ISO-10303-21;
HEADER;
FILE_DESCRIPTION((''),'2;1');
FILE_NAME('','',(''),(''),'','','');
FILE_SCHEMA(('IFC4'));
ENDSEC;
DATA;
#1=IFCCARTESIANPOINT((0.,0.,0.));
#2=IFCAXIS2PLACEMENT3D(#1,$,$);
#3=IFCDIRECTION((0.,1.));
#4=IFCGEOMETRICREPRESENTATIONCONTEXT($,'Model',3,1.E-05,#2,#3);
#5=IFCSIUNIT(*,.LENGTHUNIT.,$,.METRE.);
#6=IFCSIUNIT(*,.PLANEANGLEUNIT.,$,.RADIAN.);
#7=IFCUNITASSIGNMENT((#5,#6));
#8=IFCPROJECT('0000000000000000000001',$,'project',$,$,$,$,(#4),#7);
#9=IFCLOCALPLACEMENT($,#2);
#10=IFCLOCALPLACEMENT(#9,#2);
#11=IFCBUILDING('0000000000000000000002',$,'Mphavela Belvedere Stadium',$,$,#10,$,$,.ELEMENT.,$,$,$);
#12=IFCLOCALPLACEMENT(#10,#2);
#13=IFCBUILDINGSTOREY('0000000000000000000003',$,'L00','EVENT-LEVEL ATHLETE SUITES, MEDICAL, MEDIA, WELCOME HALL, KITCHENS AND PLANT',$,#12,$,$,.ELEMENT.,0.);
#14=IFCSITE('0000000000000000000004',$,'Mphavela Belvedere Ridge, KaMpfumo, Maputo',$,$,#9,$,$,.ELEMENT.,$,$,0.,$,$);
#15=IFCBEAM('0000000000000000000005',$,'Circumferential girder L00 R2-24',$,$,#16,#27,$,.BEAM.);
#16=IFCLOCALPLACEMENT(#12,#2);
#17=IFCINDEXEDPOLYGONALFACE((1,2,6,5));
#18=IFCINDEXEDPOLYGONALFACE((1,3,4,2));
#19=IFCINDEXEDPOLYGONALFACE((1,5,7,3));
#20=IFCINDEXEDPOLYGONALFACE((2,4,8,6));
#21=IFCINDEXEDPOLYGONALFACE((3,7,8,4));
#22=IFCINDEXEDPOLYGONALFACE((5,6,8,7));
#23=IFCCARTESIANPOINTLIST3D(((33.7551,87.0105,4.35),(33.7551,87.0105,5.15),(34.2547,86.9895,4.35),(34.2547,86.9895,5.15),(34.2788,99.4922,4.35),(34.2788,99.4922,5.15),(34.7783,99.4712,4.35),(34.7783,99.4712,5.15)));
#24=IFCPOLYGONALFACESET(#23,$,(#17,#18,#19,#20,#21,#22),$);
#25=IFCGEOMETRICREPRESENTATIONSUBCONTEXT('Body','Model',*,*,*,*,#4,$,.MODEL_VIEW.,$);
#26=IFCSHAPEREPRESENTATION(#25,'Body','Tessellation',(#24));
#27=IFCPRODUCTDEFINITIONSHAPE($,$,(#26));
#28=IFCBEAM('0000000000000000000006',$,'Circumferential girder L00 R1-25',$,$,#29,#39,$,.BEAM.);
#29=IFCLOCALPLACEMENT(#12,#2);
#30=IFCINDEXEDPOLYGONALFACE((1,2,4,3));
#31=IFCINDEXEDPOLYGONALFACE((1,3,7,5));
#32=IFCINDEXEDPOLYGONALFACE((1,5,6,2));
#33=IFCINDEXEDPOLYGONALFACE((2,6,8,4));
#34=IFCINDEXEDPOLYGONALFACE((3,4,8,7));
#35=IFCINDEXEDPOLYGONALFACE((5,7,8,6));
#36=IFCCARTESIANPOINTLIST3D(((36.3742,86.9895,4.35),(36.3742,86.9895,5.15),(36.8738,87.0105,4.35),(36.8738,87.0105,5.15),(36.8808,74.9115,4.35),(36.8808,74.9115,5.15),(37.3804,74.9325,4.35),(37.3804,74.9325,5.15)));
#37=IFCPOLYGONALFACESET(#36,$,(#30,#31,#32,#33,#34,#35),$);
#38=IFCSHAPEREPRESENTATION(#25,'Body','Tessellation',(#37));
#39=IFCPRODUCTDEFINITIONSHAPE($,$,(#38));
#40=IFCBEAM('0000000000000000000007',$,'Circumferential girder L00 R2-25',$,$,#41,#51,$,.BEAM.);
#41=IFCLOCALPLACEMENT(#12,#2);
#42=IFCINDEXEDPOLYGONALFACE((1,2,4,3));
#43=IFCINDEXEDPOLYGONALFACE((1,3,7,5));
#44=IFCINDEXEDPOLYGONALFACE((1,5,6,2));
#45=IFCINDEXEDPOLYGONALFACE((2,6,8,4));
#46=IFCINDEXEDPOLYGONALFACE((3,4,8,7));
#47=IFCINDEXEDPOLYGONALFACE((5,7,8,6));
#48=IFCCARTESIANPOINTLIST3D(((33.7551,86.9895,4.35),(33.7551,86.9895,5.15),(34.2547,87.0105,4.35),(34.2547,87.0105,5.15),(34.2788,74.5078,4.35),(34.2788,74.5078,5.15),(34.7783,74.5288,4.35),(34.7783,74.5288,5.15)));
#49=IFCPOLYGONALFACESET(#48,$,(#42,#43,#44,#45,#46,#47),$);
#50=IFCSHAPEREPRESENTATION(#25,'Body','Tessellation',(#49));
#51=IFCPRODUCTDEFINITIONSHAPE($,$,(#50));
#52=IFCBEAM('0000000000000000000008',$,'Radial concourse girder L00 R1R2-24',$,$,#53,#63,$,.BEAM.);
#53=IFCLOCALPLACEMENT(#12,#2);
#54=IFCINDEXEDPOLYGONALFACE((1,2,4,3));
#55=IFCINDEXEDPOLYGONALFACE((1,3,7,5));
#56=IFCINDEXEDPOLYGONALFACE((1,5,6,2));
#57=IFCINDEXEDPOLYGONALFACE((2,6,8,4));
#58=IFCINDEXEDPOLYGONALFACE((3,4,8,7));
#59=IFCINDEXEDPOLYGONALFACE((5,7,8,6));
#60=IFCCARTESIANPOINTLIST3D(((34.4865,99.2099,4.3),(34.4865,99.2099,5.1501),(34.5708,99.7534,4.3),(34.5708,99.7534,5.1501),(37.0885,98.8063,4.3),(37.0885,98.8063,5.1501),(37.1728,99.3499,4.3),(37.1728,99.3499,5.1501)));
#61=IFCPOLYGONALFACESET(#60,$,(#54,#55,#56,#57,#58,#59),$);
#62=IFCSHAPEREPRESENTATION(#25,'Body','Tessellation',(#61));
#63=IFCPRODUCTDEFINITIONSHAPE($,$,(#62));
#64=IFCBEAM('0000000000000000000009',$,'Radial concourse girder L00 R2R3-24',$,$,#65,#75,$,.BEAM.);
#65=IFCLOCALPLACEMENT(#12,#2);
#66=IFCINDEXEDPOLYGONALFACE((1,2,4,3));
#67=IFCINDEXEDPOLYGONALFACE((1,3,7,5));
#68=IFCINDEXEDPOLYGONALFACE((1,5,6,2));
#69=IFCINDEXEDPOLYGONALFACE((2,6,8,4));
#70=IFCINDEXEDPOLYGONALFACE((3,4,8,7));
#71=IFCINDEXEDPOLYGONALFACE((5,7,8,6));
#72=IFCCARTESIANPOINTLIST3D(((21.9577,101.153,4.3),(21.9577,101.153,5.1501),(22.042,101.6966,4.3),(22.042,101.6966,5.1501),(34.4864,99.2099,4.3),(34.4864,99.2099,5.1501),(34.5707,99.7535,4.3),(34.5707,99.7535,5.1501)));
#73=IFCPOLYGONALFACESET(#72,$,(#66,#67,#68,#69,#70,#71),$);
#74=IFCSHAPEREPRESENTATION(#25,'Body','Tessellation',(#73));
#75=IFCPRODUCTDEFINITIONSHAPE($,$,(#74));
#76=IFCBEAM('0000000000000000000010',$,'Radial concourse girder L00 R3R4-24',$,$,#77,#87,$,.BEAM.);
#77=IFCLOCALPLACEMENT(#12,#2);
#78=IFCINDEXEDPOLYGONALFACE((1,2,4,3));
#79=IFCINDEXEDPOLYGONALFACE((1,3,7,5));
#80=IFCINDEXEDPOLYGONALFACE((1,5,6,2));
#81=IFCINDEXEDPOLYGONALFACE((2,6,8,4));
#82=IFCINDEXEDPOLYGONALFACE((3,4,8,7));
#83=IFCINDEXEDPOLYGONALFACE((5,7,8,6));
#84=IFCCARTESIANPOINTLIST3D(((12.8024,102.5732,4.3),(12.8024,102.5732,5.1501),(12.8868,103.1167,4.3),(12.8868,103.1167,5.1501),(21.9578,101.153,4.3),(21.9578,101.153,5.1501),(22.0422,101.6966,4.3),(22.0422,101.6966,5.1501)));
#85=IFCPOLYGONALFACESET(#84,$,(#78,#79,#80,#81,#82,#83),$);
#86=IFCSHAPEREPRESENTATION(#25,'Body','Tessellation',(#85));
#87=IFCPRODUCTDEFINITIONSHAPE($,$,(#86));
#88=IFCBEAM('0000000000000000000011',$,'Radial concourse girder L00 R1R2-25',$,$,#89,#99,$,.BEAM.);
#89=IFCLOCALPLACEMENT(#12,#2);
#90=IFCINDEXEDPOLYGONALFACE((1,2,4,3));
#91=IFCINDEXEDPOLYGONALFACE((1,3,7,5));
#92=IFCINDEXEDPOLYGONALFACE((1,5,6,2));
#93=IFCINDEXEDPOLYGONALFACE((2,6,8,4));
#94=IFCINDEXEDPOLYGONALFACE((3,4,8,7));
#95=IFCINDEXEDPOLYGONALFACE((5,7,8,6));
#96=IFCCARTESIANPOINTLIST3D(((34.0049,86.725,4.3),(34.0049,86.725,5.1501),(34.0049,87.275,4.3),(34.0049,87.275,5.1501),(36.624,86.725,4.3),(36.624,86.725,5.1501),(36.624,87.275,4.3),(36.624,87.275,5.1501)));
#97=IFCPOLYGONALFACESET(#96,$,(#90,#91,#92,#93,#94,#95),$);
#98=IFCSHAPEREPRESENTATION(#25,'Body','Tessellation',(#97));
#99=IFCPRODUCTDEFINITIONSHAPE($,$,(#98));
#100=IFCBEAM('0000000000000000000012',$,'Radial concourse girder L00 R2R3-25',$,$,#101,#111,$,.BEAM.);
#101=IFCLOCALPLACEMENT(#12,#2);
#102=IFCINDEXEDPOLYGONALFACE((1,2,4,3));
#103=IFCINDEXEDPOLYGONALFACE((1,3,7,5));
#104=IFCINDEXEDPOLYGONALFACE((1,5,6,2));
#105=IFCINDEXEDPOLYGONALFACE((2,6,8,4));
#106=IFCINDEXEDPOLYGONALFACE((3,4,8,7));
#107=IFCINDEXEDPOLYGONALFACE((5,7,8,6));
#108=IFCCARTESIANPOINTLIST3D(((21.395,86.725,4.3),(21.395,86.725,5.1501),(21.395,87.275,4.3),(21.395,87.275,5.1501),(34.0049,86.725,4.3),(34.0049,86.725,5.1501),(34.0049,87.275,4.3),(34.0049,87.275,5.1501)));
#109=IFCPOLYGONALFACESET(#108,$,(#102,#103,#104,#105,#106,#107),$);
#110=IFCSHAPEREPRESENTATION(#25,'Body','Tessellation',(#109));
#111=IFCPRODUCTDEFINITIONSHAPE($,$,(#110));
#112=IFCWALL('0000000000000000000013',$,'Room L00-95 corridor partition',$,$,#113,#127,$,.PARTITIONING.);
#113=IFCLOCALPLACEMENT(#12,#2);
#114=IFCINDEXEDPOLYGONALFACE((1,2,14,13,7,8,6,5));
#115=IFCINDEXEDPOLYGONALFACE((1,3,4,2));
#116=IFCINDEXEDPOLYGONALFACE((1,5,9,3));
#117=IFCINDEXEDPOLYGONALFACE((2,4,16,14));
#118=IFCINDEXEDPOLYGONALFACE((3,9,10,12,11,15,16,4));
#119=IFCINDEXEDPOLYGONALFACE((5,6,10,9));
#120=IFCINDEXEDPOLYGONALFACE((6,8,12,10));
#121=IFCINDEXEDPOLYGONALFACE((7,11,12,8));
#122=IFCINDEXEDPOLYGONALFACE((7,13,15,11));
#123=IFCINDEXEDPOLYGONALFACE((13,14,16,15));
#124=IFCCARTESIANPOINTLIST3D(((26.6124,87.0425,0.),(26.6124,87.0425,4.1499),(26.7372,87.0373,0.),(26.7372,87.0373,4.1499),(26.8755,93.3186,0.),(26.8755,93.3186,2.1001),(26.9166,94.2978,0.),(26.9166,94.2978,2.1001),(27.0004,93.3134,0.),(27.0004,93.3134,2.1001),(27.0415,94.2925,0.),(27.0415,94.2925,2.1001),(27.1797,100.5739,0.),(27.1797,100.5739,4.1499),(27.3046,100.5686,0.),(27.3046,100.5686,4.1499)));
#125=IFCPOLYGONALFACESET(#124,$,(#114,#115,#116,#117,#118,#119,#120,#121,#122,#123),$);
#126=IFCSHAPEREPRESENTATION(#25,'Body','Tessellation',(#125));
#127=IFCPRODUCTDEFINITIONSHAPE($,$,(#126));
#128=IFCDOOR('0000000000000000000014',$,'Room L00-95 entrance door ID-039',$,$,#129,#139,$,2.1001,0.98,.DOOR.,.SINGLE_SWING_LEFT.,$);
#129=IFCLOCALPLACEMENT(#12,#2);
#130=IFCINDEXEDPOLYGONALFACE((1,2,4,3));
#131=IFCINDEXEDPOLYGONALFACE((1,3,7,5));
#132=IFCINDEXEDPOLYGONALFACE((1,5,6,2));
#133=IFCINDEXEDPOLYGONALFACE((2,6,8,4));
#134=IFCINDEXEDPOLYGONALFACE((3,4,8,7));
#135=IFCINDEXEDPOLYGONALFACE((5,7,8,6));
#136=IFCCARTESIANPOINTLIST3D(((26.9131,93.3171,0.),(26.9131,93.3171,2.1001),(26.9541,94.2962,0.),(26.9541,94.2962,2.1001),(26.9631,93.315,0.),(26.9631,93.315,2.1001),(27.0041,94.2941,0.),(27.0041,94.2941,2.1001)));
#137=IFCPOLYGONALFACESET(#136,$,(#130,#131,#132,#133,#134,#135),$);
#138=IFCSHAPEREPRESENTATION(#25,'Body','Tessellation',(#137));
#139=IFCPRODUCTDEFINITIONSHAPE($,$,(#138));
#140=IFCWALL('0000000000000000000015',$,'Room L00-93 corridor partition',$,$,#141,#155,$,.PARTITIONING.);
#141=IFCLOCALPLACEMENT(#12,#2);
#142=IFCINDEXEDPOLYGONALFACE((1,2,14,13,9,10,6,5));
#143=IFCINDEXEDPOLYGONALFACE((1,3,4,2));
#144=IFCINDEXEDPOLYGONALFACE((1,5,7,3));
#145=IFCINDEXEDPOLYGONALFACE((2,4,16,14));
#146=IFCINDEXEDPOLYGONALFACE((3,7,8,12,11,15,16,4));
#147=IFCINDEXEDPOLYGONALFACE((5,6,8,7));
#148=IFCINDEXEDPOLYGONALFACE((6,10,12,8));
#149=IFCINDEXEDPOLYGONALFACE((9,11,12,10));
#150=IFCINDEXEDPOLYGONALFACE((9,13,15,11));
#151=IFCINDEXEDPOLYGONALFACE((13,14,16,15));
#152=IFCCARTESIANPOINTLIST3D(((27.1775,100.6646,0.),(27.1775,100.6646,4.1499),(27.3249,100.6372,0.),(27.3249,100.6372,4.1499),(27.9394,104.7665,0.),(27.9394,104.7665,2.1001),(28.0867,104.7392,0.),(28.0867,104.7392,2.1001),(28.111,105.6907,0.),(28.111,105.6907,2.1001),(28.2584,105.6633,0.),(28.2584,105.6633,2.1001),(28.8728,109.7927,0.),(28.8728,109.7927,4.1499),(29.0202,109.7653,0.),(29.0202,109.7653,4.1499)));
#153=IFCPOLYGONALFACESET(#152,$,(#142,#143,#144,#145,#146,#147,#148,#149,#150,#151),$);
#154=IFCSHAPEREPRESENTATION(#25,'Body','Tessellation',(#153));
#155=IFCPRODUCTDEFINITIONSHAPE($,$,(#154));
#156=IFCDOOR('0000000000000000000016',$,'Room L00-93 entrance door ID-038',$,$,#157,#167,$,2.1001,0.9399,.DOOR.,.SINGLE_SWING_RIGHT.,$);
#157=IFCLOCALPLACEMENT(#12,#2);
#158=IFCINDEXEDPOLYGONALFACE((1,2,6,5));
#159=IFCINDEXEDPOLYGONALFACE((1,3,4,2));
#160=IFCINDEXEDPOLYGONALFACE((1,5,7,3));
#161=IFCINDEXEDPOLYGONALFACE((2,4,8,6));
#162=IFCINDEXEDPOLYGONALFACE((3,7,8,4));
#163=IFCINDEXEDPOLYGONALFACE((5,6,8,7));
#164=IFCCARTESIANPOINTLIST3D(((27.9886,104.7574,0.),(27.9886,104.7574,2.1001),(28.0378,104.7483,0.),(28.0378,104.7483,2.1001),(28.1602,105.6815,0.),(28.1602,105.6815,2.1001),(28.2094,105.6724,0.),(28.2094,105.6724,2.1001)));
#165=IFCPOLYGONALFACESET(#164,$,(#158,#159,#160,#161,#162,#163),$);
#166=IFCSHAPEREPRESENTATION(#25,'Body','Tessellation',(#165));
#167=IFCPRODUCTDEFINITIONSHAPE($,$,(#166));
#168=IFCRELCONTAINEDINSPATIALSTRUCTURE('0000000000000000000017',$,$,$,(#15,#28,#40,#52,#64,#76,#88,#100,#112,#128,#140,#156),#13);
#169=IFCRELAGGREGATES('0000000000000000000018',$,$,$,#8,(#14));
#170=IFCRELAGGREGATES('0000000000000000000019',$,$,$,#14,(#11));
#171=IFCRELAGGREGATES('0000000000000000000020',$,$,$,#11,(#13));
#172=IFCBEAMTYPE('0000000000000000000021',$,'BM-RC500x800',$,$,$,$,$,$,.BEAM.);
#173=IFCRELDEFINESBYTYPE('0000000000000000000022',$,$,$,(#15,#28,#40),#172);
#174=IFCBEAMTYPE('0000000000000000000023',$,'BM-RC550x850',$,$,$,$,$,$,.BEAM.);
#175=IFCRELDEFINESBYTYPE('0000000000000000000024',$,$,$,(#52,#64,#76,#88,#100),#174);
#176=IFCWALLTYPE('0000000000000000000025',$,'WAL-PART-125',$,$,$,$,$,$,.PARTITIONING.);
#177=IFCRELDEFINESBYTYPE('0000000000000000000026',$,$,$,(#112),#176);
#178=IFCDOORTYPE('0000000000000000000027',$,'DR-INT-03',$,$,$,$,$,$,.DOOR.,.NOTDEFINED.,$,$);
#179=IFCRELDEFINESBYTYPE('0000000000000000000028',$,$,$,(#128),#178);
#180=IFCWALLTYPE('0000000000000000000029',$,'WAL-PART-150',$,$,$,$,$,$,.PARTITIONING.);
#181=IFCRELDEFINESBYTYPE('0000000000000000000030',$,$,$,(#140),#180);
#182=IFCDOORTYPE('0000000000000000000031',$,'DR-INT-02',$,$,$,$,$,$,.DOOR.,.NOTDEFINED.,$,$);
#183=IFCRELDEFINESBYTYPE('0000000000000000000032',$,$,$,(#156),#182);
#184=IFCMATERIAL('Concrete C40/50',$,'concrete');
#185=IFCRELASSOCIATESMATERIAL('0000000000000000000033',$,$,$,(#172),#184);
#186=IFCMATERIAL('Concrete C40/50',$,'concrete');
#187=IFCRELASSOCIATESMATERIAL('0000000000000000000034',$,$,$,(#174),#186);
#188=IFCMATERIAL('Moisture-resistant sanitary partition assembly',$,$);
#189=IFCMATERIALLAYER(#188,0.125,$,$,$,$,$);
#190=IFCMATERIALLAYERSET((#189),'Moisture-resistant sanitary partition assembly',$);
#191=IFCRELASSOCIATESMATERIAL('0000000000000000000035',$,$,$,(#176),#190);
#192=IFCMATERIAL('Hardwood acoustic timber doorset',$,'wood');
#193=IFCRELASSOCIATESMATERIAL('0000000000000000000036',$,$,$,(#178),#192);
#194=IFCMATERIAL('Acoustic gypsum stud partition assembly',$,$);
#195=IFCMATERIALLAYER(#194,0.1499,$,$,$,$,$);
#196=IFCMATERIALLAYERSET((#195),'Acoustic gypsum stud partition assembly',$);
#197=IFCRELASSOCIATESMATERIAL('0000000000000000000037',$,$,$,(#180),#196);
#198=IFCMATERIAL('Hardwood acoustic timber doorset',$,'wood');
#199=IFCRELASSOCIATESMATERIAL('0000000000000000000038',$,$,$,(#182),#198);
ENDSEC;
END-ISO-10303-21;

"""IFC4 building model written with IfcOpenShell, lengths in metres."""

from ifc_helpers import new_model, si_unit, direction, frame, frame_2d, origin, origin_2d, place, context, subcontext, project, spatial, rectangle, extrude, material, layer, layer_set, material_profile, profile_set, type_object, element, fill, save


model = new_model("IFC4")

# Units and contexts
model_context = context("Model", 3, precision=1e-05, world=origin(), true_north=direction((0.0, 1.0)))
body_context = subcontext(model_context, "Body", "Model", "MODEL_VIEW")
ifc_project = project(units=[si_unit("LENGTHUNIT", "METRE"), si_unit("PLANEANGLEUNIT", "RADIAN")], contexts=[model_context])

# Site, building, storey
site_placement = place(None, origin())
site = spatial("IfcSite", under=ifc_project, at=site_placement, Name="Mphavela Belvedere Ridge, KaMpfumo, Maputo", CompositionType="ELEMENT", RefElevation=0.0)
building_placement = place(site_placement, origin())
building = spatial("IfcBuilding", under=site, at=building_placement, Name="Mphavela Belvedere Stadium", CompositionType="ELEMENT")
storey_placement = place(building_placement, origin())
storey = spatial("IfcBuildingStorey", under=building, at=storey_placement, Name="L00", Description="EVENT-LEVEL ATHLETE SUITES, MEDICAL, MEDIA, WELCOME HALL, KITCHENS AND PLANT", CompositionType="ELEMENT", Elevation=0.0)

# Beams
ifc_material_1 = material(Name="Concrete C40/50", Category="concrete")
ifc_material_profile_1 = material_profile(ifc_material_1, rectangle(XDim=0.5, YDim=0.8, at=origin_2d()), Name="RC 500x800")
ifc_profile_set_1 = profile_set([ifc_material_profile_1], Name="Concrete C40/50")
beam_type_1 = type_object("IfcBeamType", Name="BM-RC500x800", PredefinedType="BEAM", material=ifc_profile_set_1)
beam_1_placement = place(storey_placement, frame((34.5286, 99.4817, 4.75), z_axis=(-0.041919, -0.999121, 0.0), x_axis=(0.999121, -0.041919, 0.0)))
element("IfcBeam", 1, at=beam_1_placement, inside=storey, type_object=beam_type_1, Name="Circumferential girder L00 R2-24", PredefinedType="BEAM", context=body_context, shape_type="SweptSolid", body=[
    extrude(rectangle(XDim=0.5, YDim=0.8, at=origin_2d()), origin(), (0.0, 0.0, 1.0), 12.4927),
])
beam_2_placement = place(storey_placement, frame((36.624, 87.0, 4.75), z_axis=(0.041906, -0.999122, 0.0), x_axis=(0.999122, 0.041906, 0.0)))
element("IfcBeam", 2, at=beam_2_placement, inside=storey, type_object=beam_type_1, Name="Circumferential girder L00 R1-25", PredefinedType="BEAM", context=body_context, shape_type="SweptSolid", body=[
    extrude(rectangle(XDim=0.5, YDim=0.8, at=origin_2d()), origin(), (0.0, 0.0, 1.0), 12.0886),
])
beam_3_placement = place(storey_placement, frame((34.0049, 87.0, 4.75), z_axis=(0.041919, -0.999121, 0.0), x_axis=(0.999121, 0.041919, 0.0)))
element("IfcBeam", 3, at=beam_3_placement, inside=storey, type_object=beam_type_1, Name="Circumferential girder L00 R2-25", PredefinedType="BEAM", context=body_context, shape_type="SweptSolid", body=[
    extrude(rectangle(XDim=0.5, YDim=0.8, at=origin_2d()), origin(), (0.0, 0.0, 1.0), 12.4927),
])
ifc_material_2 = material(Name="Concrete C40/50", Category="concrete")
ifc_material_profile_2 = material_profile(ifc_material_2, rectangle(XDim=0.55, YDim=0.8501, at=origin_2d()), Name="RC 550x850")
ifc_profile_set_2 = profile_set([ifc_material_profile_2], Name="Concrete C40/50")
beam_type_2 = type_object("IfcBeamType", Name="BM-RC550x850", PredefinedType="BEAM", material=ifc_profile_set_2)
beam_4_placement = place(storey_placement, frame((37.1306, 99.0781, 4.7251), z_axis=(-0.988186, 0.153262, 0.0), x_axis=(-0.153262, -0.988186, 0.0)))
element("IfcBeam", 4, at=beam_4_placement, inside=storey, type_object=beam_type_2, Name="Radial concourse girder L00 R1R2-24", PredefinedType="BEAM", context=body_context, shape_type="SweptSolid", body=[
    extrude(rectangle(XDim=0.55, YDim=0.8501, at=origin_2d()), origin(), (0.0, 0.0, 1.0), 2.6331),
])
beam_5_placement = place(storey_placement, frame((34.5286, 99.4817, 4.7251), z_axis=(-0.988186, 0.153262, 0.0), x_axis=(-0.153262, -0.988186, 0.0)))
element("IfcBeam", 5, at=beam_5_placement, inside=storey, type_object=beam_type_2, Name="Radial concourse girder L00 R2R3-24", PredefinedType="BEAM", context=body_context, shape_type="SweptSolid", body=[
    extrude(rectangle(XDim=0.55, YDim=0.8501, at=origin_2d()), origin(), (0.0, 0.0, 1.0), 12.6785),
])
beam_6_placement = place(storey_placement, frame((22.0, 101.4248, 4.7251), z_axis=(-0.988182, 0.153283, 0.0), x_axis=(-0.153283, -0.988182, 0.0)))
element("IfcBeam", 6, at=beam_6_placement, inside=storey, type_object=beam_type_2, Name="Radial concourse girder L00 R3R4-24", PredefinedType="BEAM", context=body_context, shape_type="SweptSolid", body=[
    extrude(rectangle(XDim=0.55, YDim=0.8501, at=origin_2d()), origin(), (0.0, 0.0, 1.0), 9.2649),
])
beam_7_placement = place(storey_placement, frame((36.624, 87.0, 4.7251), z_axis=(-1.0, 0.0, 0.0), x_axis=(0.0, -1.0, 0.0)))
element("IfcBeam", 7, at=beam_7_placement, inside=storey, type_object=beam_type_2, Name="Radial concourse girder L00 R1R2-25", PredefinedType="BEAM", context=body_context, shape_type="SweptSolid", body=[
    extrude(rectangle(XDim=0.55, YDim=0.8501, at=origin_2d()), origin(), (0.0, 0.0, 1.0), 2.6191),
])
beam_8_placement = place(storey_placement, frame((34.0049, 87.0, 4.7251), z_axis=(-1.0, 0.0, 0.0), x_axis=(0.0, -1.0, 0.0)))
element("IfcBeam", 8, at=beam_8_placement, inside=storey, type_object=beam_type_2, Name="Radial concourse girder L00 R2R3-25", PredefinedType="BEAM", context=body_context, shape_type="SweptSolid", body=[
    extrude(rectangle(XDim=0.55, YDim=0.8501, at=origin_2d()), origin(), (0.0, 0.0, 1.0), 12.6099),
])

# Walls, openings, doors
ifc_material_3 = material(Name="Moisture-resistant sanitary partition assembly")
ifc_layer_1 = layer(ifc_material_3, 0.125)
ifc_layer_set_1 = layer_set([ifc_layer_1], Name="Moisture-resistant sanitary partition assembly")
wall_type_1 = type_object("IfcWallType", Name="WAL-PART-125", PredefinedType="PARTITIONING", material=ifc_layer_set_1)
wall_1_placement = place(storey_placement, frame((26.6748, 87.04, 0.0), z_axis=(0.0, 0.0, 1.0), x_axis=(0.041894, 0.999122, 0.0)))
wall_1 = element("IfcWall", 9, at=wall_1_placement, inside=storey, type_object=wall_type_1, Name="Room L00-95 corridor partition", PredefinedType="PARTITIONING", context=body_context, shape_type="SweptSolid", body=[
    extrude(rectangle(XDim=13.5432, YDim=0.125, at=frame_2d((6.7715, 0.0))), origin(), (0.0, 0.0, 1.0), 4.1499),
])
opening_1_placement = place(wall_1_placement, frame((6.2815, 0.0, 0.0)))
opening_1 = element("IfcOpeningElement", 10, at=opening_1_placement, cuts=wall_1, PredefinedType="OPENING", context=body_context, shape_type="SweptSolid", body=[
    extrude(rectangle(XDim=0.98, YDim=2.1001, at=frame_2d((0.49, 1.05))), frame((0.0, 0.0725, 0.0), z_axis=(0.0, -1.0, 0.0), x_axis=(1.0, 0.0, 0.0)), (0.0, 0.0, 1.0), 0.145),
])
ifc_material_4 = material(Name="Hardwood acoustic timber doorset", Category="wood")
door_type_1 = type_object("IfcDoorType", Name="DR-INT-03", OperationType="NOTDEFINED", PredefinedType="DOOR", material=ifc_material_4)
door_1_placement = place(opening_1_placement, origin())
door_1 = element("IfcDoor", 11, at=door_1_placement, inside=storey, type_object=door_type_1, Name="Room L00-95 entrance door ID-039", OperationType="SINGLE_SWING_LEFT", OverallHeight=2.1001, OverallWidth=0.98, PredefinedType="DOOR", context=body_context, shape_type="SweptSolid", body=[
    extrude(rectangle(XDim=0.98, YDim=2.1001, at=frame_2d((0.49, 1.05))), frame((0.0, 0.0249, 0.0), z_axis=(0.0, -1.0, 0.0), x_axis=(1.0, 0.0, 0.0)), (0.0, 0.0, 1.0), 0.05),
])
fill(opening_1, door_1)
ifc_material_5 = material(Name="Acoustic gypsum stud partition assembly")
ifc_layer_2 = layer(ifc_material_5, 0.1499)
ifc_layer_set_2 = layer_set([ifc_layer_2], Name="Acoustic gypsum stud partition assembly")
wall_type_2 = type_object("IfcWallType", Name="WAL-PART-150", PredefinedType="PARTITIONING", material=ifc_layer_set_2)
wall_2_placement = place(storey_placement, frame((27.2512, 100.6509, 0.0), z_axis=(0.0, 0.0, 1.0), x_axis=(0.182601, 0.983187, 0.0)))
wall_2 = element("IfcWall", 12, at=wall_2_placement, inside=storey, type_object=wall_type_2, Name="Room L00-93 corridor partition", PredefinedType="PARTITIONING", context=body_context, shape_type="SweptSolid", body=[
    extrude(rectangle(XDim=9.2842, YDim=0.1499, at=frame_2d((4.6421, 0.0))), origin(), (0.0, 0.0, 1.0), 4.1499),
])
opening_2_placement = place(wall_2_placement, frame((4.1721, 0.0, 0.0)))
opening_2 = element("IfcOpeningElement", 13, at=opening_2_placement, cuts=wall_2, PredefinedType="OPENING", context=body_context, shape_type="SweptSolid", body=[
    extrude(rectangle(XDim=0.9399, YDim=2.1001, at=frame_2d((0.47, 1.05))), frame((0.0, 0.085, 0.0), z_axis=(0.0, -1.0, 0.0), x_axis=(1.0, 0.0, 0.0)), (0.0, 0.0, 1.0), 0.1699),
])
ifc_material_6 = material(Name="Hardwood acoustic timber doorset", Category="wood")
door_type_2 = type_object("IfcDoorType", Name="DR-INT-02", OperationType="NOTDEFINED", PredefinedType="DOOR", material=ifc_material_6)
door_2_placement = place(opening_2_placement, origin())
door_2 = element("IfcDoor", 14, at=door_2_placement, inside=storey, type_object=door_type_2, Name="Room L00-93 entrance door ID-038", OperationType="SINGLE_SWING_RIGHT", OverallHeight=2.1001, OverallWidth=0.9399, PredefinedType="DOOR", context=body_context, shape_type="SweptSolid", body=[
    extrude(rectangle(XDim=0.9399, YDim=2.1001, at=frame_2d((0.47, 1.05))), frame((0.0, 0.0249, 0.0), z_axis=(0.0, -1.0, 0.0), x_axis=(1.0, 0.0, 0.0)), (0.0, 0.0, 1.0), 0.05),
])
fill(opening_2, door_2)

save(model, "model.ifc")
